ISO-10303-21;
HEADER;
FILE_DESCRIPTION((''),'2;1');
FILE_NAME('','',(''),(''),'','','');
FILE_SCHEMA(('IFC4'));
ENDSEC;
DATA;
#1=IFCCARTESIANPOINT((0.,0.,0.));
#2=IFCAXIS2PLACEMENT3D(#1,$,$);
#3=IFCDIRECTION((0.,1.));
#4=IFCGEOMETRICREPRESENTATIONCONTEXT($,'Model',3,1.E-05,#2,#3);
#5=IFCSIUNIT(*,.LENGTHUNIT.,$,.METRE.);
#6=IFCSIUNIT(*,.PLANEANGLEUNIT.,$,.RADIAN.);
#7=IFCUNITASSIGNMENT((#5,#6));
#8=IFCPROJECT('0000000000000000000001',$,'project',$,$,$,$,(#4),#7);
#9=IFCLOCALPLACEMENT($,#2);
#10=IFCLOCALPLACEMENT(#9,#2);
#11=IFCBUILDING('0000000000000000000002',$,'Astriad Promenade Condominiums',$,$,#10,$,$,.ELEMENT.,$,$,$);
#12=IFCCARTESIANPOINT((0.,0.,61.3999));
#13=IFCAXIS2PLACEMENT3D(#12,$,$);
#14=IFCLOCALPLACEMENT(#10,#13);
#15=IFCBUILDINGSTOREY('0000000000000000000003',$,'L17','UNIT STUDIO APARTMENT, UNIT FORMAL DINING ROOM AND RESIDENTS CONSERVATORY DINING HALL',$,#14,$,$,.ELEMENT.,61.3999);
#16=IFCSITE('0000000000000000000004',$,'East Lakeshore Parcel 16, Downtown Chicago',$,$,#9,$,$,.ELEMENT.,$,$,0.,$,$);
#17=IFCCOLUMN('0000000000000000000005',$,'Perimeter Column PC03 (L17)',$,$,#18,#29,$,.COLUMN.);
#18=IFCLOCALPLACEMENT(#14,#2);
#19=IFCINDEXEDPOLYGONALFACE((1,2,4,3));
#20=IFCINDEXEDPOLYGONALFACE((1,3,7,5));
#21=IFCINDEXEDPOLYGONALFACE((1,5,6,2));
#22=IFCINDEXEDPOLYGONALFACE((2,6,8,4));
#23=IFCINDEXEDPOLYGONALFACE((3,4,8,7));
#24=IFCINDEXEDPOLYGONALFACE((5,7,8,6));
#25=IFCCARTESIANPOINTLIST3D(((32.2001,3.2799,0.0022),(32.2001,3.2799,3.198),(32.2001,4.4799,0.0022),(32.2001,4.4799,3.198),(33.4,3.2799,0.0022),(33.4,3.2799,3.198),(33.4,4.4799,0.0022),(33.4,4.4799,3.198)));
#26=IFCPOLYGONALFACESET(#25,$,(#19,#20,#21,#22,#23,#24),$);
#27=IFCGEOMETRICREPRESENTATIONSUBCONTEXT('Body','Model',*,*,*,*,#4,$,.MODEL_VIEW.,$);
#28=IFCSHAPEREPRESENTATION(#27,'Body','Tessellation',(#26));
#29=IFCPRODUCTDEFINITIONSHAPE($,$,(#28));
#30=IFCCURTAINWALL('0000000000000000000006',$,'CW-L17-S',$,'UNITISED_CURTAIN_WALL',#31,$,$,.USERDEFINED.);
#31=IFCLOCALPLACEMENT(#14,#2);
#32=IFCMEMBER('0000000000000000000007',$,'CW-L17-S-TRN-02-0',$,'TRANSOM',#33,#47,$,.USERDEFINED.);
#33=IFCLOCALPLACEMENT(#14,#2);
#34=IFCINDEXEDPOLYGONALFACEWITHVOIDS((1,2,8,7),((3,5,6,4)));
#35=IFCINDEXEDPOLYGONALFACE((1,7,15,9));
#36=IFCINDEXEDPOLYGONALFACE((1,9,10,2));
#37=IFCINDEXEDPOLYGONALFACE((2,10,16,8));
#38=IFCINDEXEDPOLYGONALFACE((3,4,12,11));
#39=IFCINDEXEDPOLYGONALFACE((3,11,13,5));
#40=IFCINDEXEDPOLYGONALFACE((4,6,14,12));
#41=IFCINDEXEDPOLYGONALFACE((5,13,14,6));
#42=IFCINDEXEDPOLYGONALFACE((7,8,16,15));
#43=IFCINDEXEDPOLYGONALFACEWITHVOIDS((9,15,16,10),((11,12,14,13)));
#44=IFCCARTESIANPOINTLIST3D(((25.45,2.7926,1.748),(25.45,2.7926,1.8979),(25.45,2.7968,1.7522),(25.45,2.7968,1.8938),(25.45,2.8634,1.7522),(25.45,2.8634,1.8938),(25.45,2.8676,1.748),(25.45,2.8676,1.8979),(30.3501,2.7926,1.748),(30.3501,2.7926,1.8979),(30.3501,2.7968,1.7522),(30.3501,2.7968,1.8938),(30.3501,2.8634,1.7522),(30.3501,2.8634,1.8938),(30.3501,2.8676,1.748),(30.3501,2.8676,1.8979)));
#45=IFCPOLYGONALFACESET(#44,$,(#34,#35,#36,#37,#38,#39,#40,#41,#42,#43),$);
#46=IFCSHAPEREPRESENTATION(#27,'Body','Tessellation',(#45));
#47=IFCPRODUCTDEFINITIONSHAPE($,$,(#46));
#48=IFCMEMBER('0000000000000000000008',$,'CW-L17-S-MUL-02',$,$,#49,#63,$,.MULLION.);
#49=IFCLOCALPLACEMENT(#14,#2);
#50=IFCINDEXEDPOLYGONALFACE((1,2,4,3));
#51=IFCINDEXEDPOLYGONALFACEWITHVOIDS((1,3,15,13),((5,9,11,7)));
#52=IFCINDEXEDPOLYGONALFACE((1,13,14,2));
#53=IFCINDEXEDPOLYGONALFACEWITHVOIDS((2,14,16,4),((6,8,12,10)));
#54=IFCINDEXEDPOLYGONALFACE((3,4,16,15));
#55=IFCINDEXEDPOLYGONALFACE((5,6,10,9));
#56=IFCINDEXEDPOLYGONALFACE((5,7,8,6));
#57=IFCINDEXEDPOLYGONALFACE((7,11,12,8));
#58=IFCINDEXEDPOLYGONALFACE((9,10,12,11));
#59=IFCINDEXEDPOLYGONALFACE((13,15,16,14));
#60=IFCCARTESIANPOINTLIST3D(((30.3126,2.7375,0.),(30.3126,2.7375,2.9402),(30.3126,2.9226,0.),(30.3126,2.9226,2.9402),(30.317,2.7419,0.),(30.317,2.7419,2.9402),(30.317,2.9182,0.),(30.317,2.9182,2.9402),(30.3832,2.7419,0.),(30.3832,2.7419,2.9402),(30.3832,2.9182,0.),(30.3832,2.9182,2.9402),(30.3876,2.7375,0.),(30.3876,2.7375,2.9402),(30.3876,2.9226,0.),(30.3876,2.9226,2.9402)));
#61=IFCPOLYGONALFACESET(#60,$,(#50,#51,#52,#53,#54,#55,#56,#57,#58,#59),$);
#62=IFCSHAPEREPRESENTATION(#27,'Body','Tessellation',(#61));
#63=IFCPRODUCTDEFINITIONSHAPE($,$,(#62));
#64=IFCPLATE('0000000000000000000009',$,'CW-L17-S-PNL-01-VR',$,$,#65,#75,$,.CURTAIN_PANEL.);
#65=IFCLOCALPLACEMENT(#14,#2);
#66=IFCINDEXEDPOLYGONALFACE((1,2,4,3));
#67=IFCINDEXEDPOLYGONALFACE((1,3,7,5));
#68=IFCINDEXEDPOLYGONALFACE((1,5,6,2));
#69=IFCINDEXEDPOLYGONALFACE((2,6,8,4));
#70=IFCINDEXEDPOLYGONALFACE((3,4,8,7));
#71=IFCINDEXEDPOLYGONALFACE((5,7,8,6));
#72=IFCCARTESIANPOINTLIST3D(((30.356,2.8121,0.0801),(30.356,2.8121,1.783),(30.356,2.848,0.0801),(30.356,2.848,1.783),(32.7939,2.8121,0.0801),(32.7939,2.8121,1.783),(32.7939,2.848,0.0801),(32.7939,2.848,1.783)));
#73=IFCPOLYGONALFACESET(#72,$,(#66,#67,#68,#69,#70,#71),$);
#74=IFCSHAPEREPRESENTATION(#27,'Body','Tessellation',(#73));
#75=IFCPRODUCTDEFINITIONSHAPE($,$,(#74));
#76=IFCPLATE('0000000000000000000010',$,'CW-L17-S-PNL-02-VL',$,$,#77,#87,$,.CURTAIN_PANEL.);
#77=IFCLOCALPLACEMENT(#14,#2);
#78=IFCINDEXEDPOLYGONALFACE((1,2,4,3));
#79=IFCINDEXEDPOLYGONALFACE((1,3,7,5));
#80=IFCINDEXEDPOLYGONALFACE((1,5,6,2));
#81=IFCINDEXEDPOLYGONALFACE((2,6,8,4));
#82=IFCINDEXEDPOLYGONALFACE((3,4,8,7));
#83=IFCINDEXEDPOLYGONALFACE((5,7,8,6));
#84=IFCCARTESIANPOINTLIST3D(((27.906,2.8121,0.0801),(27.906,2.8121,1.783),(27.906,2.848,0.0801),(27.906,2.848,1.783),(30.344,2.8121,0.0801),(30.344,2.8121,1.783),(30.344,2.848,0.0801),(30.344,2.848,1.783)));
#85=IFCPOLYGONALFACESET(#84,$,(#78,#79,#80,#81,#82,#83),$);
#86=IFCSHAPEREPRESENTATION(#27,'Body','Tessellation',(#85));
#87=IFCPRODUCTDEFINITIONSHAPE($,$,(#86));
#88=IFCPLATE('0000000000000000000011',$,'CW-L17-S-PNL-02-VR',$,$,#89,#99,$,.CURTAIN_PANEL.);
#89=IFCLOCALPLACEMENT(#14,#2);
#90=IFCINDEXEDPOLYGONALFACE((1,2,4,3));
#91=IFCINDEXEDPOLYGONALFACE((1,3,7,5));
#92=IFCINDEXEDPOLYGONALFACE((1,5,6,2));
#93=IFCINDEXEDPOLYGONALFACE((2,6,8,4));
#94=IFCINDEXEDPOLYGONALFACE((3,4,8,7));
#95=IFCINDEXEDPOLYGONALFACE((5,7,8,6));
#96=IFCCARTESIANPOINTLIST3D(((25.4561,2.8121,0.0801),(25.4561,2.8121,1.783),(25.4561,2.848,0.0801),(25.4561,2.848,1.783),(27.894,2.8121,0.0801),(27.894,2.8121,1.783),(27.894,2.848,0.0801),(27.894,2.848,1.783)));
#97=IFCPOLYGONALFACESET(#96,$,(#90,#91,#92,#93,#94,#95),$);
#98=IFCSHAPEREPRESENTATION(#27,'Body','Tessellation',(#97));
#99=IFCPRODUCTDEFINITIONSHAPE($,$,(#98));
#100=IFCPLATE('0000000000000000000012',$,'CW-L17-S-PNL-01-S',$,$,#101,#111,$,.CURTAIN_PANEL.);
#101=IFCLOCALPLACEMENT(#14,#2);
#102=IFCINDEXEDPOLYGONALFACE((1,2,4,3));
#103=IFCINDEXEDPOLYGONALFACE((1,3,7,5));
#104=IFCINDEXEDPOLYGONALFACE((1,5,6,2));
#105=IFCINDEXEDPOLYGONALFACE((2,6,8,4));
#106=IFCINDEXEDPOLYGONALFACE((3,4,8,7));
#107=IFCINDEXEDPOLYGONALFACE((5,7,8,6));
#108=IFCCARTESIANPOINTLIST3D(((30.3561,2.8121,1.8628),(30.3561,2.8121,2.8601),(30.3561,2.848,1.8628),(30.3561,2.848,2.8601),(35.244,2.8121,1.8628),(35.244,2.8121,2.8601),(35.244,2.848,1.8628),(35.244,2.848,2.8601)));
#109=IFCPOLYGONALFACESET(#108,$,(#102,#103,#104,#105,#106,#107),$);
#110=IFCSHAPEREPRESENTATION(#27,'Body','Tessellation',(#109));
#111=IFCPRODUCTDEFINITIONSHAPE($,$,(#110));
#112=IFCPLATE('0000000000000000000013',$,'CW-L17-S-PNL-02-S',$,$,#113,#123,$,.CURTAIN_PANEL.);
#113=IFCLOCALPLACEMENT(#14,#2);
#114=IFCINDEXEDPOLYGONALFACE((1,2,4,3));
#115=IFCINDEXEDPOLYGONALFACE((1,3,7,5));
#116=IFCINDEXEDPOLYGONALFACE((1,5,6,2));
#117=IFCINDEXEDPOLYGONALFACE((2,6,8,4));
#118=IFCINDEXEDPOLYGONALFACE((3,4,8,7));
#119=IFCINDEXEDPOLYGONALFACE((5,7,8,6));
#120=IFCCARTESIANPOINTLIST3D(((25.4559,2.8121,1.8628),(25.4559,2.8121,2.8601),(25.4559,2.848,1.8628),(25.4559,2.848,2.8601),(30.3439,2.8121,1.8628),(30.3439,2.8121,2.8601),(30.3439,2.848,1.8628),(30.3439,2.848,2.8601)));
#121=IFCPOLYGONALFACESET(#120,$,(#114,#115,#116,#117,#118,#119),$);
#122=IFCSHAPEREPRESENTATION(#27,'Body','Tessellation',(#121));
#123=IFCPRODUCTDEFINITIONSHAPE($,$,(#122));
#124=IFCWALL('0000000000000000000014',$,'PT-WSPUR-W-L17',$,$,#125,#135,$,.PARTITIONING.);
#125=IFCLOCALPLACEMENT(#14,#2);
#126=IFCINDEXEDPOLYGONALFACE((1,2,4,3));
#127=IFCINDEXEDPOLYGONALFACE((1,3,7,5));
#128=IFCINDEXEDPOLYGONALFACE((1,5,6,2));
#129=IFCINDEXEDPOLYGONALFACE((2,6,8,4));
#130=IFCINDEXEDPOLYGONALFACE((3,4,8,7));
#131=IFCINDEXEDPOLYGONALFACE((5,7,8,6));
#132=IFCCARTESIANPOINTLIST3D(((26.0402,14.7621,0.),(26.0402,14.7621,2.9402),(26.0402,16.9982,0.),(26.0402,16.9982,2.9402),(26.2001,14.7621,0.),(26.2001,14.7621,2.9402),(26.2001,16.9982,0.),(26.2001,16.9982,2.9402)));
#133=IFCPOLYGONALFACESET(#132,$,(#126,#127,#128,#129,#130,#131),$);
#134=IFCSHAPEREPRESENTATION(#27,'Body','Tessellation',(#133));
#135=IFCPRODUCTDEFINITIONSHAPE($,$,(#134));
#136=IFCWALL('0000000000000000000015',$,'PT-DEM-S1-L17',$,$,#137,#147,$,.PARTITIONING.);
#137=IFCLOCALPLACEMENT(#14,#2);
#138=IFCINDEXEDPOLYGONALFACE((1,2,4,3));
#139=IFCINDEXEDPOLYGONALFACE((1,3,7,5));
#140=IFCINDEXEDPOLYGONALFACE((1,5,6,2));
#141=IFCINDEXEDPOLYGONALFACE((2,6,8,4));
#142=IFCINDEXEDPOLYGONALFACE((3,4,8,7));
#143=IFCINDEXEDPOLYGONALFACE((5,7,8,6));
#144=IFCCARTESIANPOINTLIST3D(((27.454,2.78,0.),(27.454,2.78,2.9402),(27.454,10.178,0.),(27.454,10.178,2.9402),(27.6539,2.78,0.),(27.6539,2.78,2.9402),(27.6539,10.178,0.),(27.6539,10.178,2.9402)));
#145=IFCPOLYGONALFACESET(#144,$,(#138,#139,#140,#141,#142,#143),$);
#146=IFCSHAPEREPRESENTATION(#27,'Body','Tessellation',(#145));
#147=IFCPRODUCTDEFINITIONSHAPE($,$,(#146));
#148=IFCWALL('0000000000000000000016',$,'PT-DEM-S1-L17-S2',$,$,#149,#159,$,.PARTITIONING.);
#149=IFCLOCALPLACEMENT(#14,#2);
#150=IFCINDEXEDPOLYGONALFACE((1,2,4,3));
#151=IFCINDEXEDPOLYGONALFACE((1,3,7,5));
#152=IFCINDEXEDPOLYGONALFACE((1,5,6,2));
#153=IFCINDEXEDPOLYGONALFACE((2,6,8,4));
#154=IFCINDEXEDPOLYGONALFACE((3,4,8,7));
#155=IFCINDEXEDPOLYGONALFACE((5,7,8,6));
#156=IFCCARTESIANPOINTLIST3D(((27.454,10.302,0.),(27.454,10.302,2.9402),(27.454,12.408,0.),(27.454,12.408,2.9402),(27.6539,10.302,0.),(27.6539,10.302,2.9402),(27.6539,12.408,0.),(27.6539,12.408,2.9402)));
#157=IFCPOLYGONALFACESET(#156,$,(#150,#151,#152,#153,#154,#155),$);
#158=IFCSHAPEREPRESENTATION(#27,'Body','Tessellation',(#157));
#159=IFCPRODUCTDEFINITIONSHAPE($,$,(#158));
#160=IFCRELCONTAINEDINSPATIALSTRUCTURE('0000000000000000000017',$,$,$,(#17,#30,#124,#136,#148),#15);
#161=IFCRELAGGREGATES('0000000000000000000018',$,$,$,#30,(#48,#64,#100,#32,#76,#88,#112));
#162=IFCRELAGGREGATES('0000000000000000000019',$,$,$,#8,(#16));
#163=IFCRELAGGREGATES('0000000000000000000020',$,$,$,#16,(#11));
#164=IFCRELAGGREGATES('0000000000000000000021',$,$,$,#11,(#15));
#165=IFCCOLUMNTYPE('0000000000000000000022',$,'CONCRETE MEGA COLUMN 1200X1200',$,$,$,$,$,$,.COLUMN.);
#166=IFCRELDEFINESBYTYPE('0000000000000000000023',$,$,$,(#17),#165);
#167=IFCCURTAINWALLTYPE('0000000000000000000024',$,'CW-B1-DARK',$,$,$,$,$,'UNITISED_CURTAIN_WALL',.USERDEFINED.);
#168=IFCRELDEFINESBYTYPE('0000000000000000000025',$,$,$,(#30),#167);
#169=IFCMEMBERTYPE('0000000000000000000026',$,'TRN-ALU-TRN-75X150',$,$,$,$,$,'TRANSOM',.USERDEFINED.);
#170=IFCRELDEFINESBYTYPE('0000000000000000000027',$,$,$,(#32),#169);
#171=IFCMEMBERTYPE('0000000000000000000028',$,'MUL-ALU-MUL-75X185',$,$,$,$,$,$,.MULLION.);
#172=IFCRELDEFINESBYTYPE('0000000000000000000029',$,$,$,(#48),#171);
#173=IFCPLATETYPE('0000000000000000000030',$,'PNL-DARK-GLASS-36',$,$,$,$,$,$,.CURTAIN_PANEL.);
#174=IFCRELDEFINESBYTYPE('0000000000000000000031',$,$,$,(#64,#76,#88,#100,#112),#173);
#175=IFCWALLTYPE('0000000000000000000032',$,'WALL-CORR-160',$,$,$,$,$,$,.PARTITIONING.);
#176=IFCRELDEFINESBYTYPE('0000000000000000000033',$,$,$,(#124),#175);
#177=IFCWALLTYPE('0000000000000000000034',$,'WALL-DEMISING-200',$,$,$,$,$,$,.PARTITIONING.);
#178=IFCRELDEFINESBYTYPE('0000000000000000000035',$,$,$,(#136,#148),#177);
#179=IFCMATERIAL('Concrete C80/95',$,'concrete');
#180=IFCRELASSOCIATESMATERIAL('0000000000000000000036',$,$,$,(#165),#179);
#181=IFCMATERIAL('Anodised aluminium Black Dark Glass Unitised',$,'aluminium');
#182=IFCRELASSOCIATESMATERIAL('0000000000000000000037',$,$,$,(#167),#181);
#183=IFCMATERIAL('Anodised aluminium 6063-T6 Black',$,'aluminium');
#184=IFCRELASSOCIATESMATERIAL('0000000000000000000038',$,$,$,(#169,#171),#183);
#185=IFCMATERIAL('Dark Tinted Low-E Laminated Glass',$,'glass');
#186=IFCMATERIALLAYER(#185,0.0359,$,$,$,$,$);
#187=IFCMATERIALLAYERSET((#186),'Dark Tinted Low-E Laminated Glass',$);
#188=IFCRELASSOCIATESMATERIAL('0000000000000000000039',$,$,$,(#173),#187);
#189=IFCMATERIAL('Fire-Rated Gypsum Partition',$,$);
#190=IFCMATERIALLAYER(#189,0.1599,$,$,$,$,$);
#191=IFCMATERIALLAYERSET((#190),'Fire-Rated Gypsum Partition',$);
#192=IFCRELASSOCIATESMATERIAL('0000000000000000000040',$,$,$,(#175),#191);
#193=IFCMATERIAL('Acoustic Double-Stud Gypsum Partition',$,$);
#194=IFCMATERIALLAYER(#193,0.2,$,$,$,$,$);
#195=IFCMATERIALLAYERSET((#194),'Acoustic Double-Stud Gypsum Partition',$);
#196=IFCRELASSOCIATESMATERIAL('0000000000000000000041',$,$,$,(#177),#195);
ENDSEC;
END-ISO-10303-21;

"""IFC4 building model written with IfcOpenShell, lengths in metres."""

from ifc_helpers import new_model, si_unit, direction, frame, frame_2d, origin, origin_2d, place, context, subcontext, project, spatial, rectangle, hollow_rectangle, extrude, source, transform, mapped, material, layer, layer_set, material_profile, profile_set, type_object, type_shapes, element, aggregate, save


model = new_model("IFC4")

# Units and contexts
model_context = context("Model", 3, precision=1e-05, world=origin(), true_north=direction((0.0, 1.0)))
body_context = subcontext(model_context, "Body", "Model", "MODEL_VIEW")
ifc_project = project(units=[si_unit("LENGTHUNIT", "METRE"), si_unit("PLANEANGLEUNIT", "RADIAN")], contexts=[model_context])

# Site, building, storey
site_placement = place(None, origin())
site = spatial("IfcSite", under=ifc_project, at=site_placement, Name="East Lakeshore Parcel 16, Downtown Chicago", CompositionType="ELEMENT", RefElevation=0.0)
building_placement = place(site_placement, origin())
building = spatial("IfcBuilding", under=site, at=building_placement, Name="Astriad Promenade Condominiums", CompositionType="ELEMENT")
storey_placement = place(building_placement, frame((0.0, 0.0, 61.3999)))
storey = spatial("IfcBuildingStorey", under=building, at=storey_placement, Name="L17", Description="UNIT STUDIO APARTMENT, UNIT FORMAL DINING ROOM AND RESIDENTS CONSERVATORY DINING HALL", CompositionType="ELEMENT", Elevation=61.3999)

# Column
ifc_material_1 = material(Name="Concrete C80/95", Category="concrete")
ifc_material_profile_1 = material_profile(ifc_material_1, rectangle(XDim=1.2, YDim=1.2, at=origin_2d()), Name="RC-COL-1200X1200")
ifc_profile_set_1 = profile_set([ifc_material_profile_1], Name="Concrete C80/95")
column_type = type_object("IfcColumnType", Name="CONCRETE MEGA COLUMN 1200X1200", PredefinedType="COLUMN", material=ifc_profile_set_1)
shared_shape_1 = source(origin(), body_context, "Body", "SweptSolid", [
    extrude(rectangle(XDim=1.2, YDim=1.2, at=origin_2d()), origin(), (0.0, 0.0, 1.0), 3.1958),
])
type_shapes(column_type, [shared_shape_1])
column_placement = place(storey_placement, frame((32.8, 3.8799, 0.0022), z_axis=(0.0, 0.0, 1.0), x_axis=(1.0, 0.0, 0.0)))
element("IfcColumn", 1, at=column_placement, inside=storey, type_object=column_type, Name="Perimeter Column PC03 (L17)", PredefinedType="COLUMN", context=body_context, shape_type="MappedRepresentation", body=[
    mapped(shared_shape_1, transform((0.0, 0.0, 0.0), scale=1.0)),
])

# Curtain wall, members, plates
ifc_material_2 = material(Name="Anodised aluminium Black Dark Glass Unitised", Category="aluminium")
curtain_wall_type = type_object("IfcCurtainWallType", Name="CW-B1-DARK", ElementType="UNITISED_CURTAIN_WALL", PredefinedType="USERDEFINED", material=ifc_material_2)
curtain_wall_placement = place(storey_placement, origin())
curtain_wall = element("IfcCurtainWall", 2, at=curtain_wall_placement, inside=storey, type_object=curtain_wall_type, Name="CW-L17-S", ObjectType="UNITISED_CURTAIN_WALL", PredefinedType="USERDEFINED")
ifc_material_3 = material(Name="Anodised aluminium 6063-T6 Black", Category="aluminium")
ifc_material_profile_2 = material_profile(ifc_material_3, hollow_rectangle(XDim=0.075, YDim=0.1499, WallThickness=0.0042, at=origin_2d()), Name="ALU-TRN-75X150")
ifc_profile_set_2 = profile_set([ifc_material_profile_2], Name="Anodised aluminium 6063-T6 Black")
member_type_1 = type_object("IfcMemberType", Name="TRN-ALU-TRN-75X150", ElementType="TRANSOM", PredefinedType="USERDEFINED", material=ifc_profile_set_2)
shared_shape_2 = source(origin(), body_context, "Body", "SweptSolid", [
    extrude(hollow_rectangle(XDim=0.075, YDim=0.1499, WallThickness=0.0042, at=origin_2d()), origin(), (0.0, 0.0, 1.0), 4.9001),
])
type_shapes(member_type_1, [shared_shape_2])
member_1_placement = place(storey_placement, frame((30.3501, 2.8301, 1.823), z_axis=(-1.0, 0.0, 0.0), x_axis=(0.0, -1.0, 0.0)))
member_1 = element("IfcMember", 3, at=member_1_placement, type_object=member_type_1, Name="CW-L17-S-TRN-02-0", ObjectType="TRANSOM", PredefinedType="USERDEFINED", context=body_context, shape_type="MappedRepresentation", body=[
    mapped(shared_shape_2, transform((0.0, 0.0, 0.0), scale=1.0)),
])
ifc_material_profile_3 = material_profile(ifc_material_3, hollow_rectangle(XDim=0.075, YDim=0.1851, WallThickness=0.0044, at=origin_2d()), Name="ALU-MUL-75X185")
ifc_profile_set_3 = profile_set([ifc_material_profile_3], Name="Anodised aluminium 6063-T6 Black")
member_type_2 = type_object("IfcMemberType", Name="MUL-ALU-MUL-75X185", PredefinedType="MULLION", material=ifc_profile_set_3)
shared_shape_3 = source(origin(), body_context, "Body", "SweptSolid", [
    extrude(hollow_rectangle(XDim=0.075, YDim=0.1851, WallThickness=0.0044, at=origin_2d()), origin(), (0.0, 0.0, 1.0), 2.9402),
])
type_shapes(member_type_2, [shared_shape_3])
member_2_placement = place(storey_placement, frame((30.3501, 2.8301, 0.0), z_axis=(0.0, 0.0, 1.0), x_axis=(1.0, 0.0, 0.0)))
member_2 = element("IfcMember", 4, at=member_2_placement, type_object=member_type_2, Name="CW-L17-S-MUL-02", PredefinedType="MULLION", context=body_context, shape_type="MappedRepresentation", body=[
    mapped(shared_shape_3, transform((0.0, 0.0, 0.0), scale=1.0)),
])
ifc_material_4 = material(Name="Dark Tinted Low-E Laminated Glass", Category="glass")
ifc_layer_1 = layer(ifc_material_4, 0.0359)
ifc_layer_set_1 = layer_set([ifc_layer_1], Name="Dark Tinted Low-E Laminated Glass")
plate_type = type_object("IfcPlateType", Name="PNL-DARK-GLASS-36", PredefinedType="CURTAIN_PANEL", material=ifc_layer_set_1)
shared_shape_4 = source(origin(), body_context, "Body", "SweptSolid", [
    extrude(rectangle(XDim=2.438, YDim=0.0359, at=origin_2d()), origin(), (0.0, 0.0, 1.0), 1.7029),
])
plate_1_placement = place(storey_placement, frame((31.575, 2.8301, 0.0801), z_axis=(0.0, 0.0, 1.0), x_axis=(-1.0, 0.0, 0.0)))
plate_1 = element("IfcPlate", 5, at=plate_1_placement, type_object=plate_type, Name="CW-L17-S-PNL-01-VR", PredefinedType="CURTAIN_PANEL", context=body_context, shape_type="MappedRepresentation", body=[
    mapped(shared_shape_4, transform((0.0, 0.0, 0.0), scale=1.0)),
])
plate_2_placement = place(storey_placement, frame((29.125, 2.8301, 0.0801), z_axis=(0.0, 0.0, 1.0), x_axis=(-1.0, 0.0, 0.0)))
plate_2 = element("IfcPlate", 6, at=plate_2_placement, type_object=plate_type, Name="CW-L17-S-PNL-02-VL", PredefinedType="CURTAIN_PANEL", context=body_context, shape_type="MappedRepresentation", body=[
    mapped(shared_shape_4, transform((0.0, 0.0, 0.0), scale=1.0)),
])
plate_3_placement = place(storey_placement, frame((26.675, 2.8301, 0.0801), z_axis=(0.0, 0.0, 1.0), x_axis=(-1.0, 0.0, 0.0)))
plate_3 = element("IfcPlate", 7, at=plate_3_placement, type_object=plate_type, Name="CW-L17-S-PNL-02-VR", PredefinedType="CURTAIN_PANEL", context=body_context, shape_type="MappedRepresentation", body=[
    mapped(shared_shape_4, transform((0.0, 0.0, 0.0), scale=1.0)),
])
shared_shape_5 = source(origin(), body_context, "Body", "SweptSolid", [
    extrude(rectangle(XDim=4.8879, YDim=0.0359, at=origin_2d()), origin(), (0.0, 0.0, 1.0), 0.9973),
])
type_shapes(plate_type, [shared_shape_4, shared_shape_5])
plate_4_placement = place(storey_placement, frame((32.8, 2.8301, 1.8628), z_axis=(0.0, 0.0, 1.0), x_axis=(-1.0, 0.0, 0.0)))
plate_4 = element("IfcPlate", 8, at=plate_4_placement, type_object=plate_type, Name="CW-L17-S-PNL-01-S", PredefinedType="CURTAIN_PANEL", context=body_context, shape_type="MappedRepresentation", body=[
    mapped(shared_shape_5, transform((0.0, 0.0, 0.0), scale=1.0)),
])
plate_5_placement = place(storey_placement, frame((27.8999, 2.8301, 1.8628), z_axis=(0.0, 0.0, 1.0), x_axis=(-1.0, 0.0, 0.0)))
plate_5 = element("IfcPlate", 9, at=plate_5_placement, type_object=plate_type, Name="CW-L17-S-PNL-02-S", PredefinedType="CURTAIN_PANEL", context=body_context, shape_type="MappedRepresentation", body=[
    mapped(shared_shape_5, transform((0.0, 0.0, 0.0), scale=1.0)),
])
aggregate(curtain_wall, [member_2, plate_1, plate_4, member_1, plate_2, plate_3, plate_5])

# Walls
ifc_material_5 = material(Name="Fire-Rated Gypsum Partition")
ifc_layer_2 = layer(ifc_material_5, 0.1599)
ifc_layer_set_2 = layer_set([ifc_layer_2], Name="Fire-Rated Gypsum Partition")
wall_type_1 = type_object("IfcWallType", Name="WALL-CORR-160", PredefinedType="PARTITIONING", material=ifc_layer_set_2)
wall_1_placement = place(storey_placement, frame((26.1201, 14.762, 0.0), z_axis=(0.0, 0.0, 1.0), x_axis=(0.0, 1.0, 0.0)))
element("IfcWall", 10, at=wall_1_placement, inside=storey, type_object=wall_type_1, Name="PT-WSPUR-W-L17", PredefinedType="PARTITIONING", context=body_context, shape_type="SweptSolid", body=[
    extrude(rectangle(XDim=2.2361, YDim=0.1599, at=frame_2d((1.1182, 0.0))), origin(), (0.0, 0.0, 1.0), 2.9402),
])
ifc_material_6 = material(Name="Acoustic Double-Stud Gypsum Partition")
ifc_layer_3 = layer(ifc_material_6, 0.2)
ifc_layer_set_3 = layer_set([ifc_layer_3], Name="Acoustic Double-Stud Gypsum Partition")
wall_type_2 = type_object("IfcWallType", Name="WALL-DEMISING-200", PredefinedType="PARTITIONING", material=ifc_layer_set_3)
wall_2_placement = place(storey_placement, frame((27.554, 2.78, 0.0), z_axis=(0.0, 0.0, 1.0), x_axis=(0.0, 1.0, 0.0)))
element("IfcWall", 11, at=wall_2_placement, inside=storey, type_object=wall_type_2, Name="PT-DEM-S1-L17", PredefinedType="PARTITIONING", context=body_context, shape_type="SweptSolid", body=[
    extrude(rectangle(XDim=7.3979, YDim=0.2, at=frame_2d((3.699, 0.0))), origin(), (0.0, 0.0, 1.0), 2.9402),
])
wall_3_placement = place(storey_placement, frame((27.554, 10.302, 0.0), z_axis=(0.0, 0.0, 1.0), x_axis=(0.0, 1.0, 0.0)))
element("IfcWall", 12, at=wall_3_placement, inside=storey, type_object=wall_type_2, Name="PT-DEM-S1-L17-S2", PredefinedType="PARTITIONING", context=body_context, shape_type="SweptSolid", body=[
    extrude(rectangle(XDim=2.106, YDim=0.2, at=frame_2d((1.053, 0.0))), origin(), (0.0, 0.0, 1.0), 2.9402),
])

save(model, "model.ifc")
